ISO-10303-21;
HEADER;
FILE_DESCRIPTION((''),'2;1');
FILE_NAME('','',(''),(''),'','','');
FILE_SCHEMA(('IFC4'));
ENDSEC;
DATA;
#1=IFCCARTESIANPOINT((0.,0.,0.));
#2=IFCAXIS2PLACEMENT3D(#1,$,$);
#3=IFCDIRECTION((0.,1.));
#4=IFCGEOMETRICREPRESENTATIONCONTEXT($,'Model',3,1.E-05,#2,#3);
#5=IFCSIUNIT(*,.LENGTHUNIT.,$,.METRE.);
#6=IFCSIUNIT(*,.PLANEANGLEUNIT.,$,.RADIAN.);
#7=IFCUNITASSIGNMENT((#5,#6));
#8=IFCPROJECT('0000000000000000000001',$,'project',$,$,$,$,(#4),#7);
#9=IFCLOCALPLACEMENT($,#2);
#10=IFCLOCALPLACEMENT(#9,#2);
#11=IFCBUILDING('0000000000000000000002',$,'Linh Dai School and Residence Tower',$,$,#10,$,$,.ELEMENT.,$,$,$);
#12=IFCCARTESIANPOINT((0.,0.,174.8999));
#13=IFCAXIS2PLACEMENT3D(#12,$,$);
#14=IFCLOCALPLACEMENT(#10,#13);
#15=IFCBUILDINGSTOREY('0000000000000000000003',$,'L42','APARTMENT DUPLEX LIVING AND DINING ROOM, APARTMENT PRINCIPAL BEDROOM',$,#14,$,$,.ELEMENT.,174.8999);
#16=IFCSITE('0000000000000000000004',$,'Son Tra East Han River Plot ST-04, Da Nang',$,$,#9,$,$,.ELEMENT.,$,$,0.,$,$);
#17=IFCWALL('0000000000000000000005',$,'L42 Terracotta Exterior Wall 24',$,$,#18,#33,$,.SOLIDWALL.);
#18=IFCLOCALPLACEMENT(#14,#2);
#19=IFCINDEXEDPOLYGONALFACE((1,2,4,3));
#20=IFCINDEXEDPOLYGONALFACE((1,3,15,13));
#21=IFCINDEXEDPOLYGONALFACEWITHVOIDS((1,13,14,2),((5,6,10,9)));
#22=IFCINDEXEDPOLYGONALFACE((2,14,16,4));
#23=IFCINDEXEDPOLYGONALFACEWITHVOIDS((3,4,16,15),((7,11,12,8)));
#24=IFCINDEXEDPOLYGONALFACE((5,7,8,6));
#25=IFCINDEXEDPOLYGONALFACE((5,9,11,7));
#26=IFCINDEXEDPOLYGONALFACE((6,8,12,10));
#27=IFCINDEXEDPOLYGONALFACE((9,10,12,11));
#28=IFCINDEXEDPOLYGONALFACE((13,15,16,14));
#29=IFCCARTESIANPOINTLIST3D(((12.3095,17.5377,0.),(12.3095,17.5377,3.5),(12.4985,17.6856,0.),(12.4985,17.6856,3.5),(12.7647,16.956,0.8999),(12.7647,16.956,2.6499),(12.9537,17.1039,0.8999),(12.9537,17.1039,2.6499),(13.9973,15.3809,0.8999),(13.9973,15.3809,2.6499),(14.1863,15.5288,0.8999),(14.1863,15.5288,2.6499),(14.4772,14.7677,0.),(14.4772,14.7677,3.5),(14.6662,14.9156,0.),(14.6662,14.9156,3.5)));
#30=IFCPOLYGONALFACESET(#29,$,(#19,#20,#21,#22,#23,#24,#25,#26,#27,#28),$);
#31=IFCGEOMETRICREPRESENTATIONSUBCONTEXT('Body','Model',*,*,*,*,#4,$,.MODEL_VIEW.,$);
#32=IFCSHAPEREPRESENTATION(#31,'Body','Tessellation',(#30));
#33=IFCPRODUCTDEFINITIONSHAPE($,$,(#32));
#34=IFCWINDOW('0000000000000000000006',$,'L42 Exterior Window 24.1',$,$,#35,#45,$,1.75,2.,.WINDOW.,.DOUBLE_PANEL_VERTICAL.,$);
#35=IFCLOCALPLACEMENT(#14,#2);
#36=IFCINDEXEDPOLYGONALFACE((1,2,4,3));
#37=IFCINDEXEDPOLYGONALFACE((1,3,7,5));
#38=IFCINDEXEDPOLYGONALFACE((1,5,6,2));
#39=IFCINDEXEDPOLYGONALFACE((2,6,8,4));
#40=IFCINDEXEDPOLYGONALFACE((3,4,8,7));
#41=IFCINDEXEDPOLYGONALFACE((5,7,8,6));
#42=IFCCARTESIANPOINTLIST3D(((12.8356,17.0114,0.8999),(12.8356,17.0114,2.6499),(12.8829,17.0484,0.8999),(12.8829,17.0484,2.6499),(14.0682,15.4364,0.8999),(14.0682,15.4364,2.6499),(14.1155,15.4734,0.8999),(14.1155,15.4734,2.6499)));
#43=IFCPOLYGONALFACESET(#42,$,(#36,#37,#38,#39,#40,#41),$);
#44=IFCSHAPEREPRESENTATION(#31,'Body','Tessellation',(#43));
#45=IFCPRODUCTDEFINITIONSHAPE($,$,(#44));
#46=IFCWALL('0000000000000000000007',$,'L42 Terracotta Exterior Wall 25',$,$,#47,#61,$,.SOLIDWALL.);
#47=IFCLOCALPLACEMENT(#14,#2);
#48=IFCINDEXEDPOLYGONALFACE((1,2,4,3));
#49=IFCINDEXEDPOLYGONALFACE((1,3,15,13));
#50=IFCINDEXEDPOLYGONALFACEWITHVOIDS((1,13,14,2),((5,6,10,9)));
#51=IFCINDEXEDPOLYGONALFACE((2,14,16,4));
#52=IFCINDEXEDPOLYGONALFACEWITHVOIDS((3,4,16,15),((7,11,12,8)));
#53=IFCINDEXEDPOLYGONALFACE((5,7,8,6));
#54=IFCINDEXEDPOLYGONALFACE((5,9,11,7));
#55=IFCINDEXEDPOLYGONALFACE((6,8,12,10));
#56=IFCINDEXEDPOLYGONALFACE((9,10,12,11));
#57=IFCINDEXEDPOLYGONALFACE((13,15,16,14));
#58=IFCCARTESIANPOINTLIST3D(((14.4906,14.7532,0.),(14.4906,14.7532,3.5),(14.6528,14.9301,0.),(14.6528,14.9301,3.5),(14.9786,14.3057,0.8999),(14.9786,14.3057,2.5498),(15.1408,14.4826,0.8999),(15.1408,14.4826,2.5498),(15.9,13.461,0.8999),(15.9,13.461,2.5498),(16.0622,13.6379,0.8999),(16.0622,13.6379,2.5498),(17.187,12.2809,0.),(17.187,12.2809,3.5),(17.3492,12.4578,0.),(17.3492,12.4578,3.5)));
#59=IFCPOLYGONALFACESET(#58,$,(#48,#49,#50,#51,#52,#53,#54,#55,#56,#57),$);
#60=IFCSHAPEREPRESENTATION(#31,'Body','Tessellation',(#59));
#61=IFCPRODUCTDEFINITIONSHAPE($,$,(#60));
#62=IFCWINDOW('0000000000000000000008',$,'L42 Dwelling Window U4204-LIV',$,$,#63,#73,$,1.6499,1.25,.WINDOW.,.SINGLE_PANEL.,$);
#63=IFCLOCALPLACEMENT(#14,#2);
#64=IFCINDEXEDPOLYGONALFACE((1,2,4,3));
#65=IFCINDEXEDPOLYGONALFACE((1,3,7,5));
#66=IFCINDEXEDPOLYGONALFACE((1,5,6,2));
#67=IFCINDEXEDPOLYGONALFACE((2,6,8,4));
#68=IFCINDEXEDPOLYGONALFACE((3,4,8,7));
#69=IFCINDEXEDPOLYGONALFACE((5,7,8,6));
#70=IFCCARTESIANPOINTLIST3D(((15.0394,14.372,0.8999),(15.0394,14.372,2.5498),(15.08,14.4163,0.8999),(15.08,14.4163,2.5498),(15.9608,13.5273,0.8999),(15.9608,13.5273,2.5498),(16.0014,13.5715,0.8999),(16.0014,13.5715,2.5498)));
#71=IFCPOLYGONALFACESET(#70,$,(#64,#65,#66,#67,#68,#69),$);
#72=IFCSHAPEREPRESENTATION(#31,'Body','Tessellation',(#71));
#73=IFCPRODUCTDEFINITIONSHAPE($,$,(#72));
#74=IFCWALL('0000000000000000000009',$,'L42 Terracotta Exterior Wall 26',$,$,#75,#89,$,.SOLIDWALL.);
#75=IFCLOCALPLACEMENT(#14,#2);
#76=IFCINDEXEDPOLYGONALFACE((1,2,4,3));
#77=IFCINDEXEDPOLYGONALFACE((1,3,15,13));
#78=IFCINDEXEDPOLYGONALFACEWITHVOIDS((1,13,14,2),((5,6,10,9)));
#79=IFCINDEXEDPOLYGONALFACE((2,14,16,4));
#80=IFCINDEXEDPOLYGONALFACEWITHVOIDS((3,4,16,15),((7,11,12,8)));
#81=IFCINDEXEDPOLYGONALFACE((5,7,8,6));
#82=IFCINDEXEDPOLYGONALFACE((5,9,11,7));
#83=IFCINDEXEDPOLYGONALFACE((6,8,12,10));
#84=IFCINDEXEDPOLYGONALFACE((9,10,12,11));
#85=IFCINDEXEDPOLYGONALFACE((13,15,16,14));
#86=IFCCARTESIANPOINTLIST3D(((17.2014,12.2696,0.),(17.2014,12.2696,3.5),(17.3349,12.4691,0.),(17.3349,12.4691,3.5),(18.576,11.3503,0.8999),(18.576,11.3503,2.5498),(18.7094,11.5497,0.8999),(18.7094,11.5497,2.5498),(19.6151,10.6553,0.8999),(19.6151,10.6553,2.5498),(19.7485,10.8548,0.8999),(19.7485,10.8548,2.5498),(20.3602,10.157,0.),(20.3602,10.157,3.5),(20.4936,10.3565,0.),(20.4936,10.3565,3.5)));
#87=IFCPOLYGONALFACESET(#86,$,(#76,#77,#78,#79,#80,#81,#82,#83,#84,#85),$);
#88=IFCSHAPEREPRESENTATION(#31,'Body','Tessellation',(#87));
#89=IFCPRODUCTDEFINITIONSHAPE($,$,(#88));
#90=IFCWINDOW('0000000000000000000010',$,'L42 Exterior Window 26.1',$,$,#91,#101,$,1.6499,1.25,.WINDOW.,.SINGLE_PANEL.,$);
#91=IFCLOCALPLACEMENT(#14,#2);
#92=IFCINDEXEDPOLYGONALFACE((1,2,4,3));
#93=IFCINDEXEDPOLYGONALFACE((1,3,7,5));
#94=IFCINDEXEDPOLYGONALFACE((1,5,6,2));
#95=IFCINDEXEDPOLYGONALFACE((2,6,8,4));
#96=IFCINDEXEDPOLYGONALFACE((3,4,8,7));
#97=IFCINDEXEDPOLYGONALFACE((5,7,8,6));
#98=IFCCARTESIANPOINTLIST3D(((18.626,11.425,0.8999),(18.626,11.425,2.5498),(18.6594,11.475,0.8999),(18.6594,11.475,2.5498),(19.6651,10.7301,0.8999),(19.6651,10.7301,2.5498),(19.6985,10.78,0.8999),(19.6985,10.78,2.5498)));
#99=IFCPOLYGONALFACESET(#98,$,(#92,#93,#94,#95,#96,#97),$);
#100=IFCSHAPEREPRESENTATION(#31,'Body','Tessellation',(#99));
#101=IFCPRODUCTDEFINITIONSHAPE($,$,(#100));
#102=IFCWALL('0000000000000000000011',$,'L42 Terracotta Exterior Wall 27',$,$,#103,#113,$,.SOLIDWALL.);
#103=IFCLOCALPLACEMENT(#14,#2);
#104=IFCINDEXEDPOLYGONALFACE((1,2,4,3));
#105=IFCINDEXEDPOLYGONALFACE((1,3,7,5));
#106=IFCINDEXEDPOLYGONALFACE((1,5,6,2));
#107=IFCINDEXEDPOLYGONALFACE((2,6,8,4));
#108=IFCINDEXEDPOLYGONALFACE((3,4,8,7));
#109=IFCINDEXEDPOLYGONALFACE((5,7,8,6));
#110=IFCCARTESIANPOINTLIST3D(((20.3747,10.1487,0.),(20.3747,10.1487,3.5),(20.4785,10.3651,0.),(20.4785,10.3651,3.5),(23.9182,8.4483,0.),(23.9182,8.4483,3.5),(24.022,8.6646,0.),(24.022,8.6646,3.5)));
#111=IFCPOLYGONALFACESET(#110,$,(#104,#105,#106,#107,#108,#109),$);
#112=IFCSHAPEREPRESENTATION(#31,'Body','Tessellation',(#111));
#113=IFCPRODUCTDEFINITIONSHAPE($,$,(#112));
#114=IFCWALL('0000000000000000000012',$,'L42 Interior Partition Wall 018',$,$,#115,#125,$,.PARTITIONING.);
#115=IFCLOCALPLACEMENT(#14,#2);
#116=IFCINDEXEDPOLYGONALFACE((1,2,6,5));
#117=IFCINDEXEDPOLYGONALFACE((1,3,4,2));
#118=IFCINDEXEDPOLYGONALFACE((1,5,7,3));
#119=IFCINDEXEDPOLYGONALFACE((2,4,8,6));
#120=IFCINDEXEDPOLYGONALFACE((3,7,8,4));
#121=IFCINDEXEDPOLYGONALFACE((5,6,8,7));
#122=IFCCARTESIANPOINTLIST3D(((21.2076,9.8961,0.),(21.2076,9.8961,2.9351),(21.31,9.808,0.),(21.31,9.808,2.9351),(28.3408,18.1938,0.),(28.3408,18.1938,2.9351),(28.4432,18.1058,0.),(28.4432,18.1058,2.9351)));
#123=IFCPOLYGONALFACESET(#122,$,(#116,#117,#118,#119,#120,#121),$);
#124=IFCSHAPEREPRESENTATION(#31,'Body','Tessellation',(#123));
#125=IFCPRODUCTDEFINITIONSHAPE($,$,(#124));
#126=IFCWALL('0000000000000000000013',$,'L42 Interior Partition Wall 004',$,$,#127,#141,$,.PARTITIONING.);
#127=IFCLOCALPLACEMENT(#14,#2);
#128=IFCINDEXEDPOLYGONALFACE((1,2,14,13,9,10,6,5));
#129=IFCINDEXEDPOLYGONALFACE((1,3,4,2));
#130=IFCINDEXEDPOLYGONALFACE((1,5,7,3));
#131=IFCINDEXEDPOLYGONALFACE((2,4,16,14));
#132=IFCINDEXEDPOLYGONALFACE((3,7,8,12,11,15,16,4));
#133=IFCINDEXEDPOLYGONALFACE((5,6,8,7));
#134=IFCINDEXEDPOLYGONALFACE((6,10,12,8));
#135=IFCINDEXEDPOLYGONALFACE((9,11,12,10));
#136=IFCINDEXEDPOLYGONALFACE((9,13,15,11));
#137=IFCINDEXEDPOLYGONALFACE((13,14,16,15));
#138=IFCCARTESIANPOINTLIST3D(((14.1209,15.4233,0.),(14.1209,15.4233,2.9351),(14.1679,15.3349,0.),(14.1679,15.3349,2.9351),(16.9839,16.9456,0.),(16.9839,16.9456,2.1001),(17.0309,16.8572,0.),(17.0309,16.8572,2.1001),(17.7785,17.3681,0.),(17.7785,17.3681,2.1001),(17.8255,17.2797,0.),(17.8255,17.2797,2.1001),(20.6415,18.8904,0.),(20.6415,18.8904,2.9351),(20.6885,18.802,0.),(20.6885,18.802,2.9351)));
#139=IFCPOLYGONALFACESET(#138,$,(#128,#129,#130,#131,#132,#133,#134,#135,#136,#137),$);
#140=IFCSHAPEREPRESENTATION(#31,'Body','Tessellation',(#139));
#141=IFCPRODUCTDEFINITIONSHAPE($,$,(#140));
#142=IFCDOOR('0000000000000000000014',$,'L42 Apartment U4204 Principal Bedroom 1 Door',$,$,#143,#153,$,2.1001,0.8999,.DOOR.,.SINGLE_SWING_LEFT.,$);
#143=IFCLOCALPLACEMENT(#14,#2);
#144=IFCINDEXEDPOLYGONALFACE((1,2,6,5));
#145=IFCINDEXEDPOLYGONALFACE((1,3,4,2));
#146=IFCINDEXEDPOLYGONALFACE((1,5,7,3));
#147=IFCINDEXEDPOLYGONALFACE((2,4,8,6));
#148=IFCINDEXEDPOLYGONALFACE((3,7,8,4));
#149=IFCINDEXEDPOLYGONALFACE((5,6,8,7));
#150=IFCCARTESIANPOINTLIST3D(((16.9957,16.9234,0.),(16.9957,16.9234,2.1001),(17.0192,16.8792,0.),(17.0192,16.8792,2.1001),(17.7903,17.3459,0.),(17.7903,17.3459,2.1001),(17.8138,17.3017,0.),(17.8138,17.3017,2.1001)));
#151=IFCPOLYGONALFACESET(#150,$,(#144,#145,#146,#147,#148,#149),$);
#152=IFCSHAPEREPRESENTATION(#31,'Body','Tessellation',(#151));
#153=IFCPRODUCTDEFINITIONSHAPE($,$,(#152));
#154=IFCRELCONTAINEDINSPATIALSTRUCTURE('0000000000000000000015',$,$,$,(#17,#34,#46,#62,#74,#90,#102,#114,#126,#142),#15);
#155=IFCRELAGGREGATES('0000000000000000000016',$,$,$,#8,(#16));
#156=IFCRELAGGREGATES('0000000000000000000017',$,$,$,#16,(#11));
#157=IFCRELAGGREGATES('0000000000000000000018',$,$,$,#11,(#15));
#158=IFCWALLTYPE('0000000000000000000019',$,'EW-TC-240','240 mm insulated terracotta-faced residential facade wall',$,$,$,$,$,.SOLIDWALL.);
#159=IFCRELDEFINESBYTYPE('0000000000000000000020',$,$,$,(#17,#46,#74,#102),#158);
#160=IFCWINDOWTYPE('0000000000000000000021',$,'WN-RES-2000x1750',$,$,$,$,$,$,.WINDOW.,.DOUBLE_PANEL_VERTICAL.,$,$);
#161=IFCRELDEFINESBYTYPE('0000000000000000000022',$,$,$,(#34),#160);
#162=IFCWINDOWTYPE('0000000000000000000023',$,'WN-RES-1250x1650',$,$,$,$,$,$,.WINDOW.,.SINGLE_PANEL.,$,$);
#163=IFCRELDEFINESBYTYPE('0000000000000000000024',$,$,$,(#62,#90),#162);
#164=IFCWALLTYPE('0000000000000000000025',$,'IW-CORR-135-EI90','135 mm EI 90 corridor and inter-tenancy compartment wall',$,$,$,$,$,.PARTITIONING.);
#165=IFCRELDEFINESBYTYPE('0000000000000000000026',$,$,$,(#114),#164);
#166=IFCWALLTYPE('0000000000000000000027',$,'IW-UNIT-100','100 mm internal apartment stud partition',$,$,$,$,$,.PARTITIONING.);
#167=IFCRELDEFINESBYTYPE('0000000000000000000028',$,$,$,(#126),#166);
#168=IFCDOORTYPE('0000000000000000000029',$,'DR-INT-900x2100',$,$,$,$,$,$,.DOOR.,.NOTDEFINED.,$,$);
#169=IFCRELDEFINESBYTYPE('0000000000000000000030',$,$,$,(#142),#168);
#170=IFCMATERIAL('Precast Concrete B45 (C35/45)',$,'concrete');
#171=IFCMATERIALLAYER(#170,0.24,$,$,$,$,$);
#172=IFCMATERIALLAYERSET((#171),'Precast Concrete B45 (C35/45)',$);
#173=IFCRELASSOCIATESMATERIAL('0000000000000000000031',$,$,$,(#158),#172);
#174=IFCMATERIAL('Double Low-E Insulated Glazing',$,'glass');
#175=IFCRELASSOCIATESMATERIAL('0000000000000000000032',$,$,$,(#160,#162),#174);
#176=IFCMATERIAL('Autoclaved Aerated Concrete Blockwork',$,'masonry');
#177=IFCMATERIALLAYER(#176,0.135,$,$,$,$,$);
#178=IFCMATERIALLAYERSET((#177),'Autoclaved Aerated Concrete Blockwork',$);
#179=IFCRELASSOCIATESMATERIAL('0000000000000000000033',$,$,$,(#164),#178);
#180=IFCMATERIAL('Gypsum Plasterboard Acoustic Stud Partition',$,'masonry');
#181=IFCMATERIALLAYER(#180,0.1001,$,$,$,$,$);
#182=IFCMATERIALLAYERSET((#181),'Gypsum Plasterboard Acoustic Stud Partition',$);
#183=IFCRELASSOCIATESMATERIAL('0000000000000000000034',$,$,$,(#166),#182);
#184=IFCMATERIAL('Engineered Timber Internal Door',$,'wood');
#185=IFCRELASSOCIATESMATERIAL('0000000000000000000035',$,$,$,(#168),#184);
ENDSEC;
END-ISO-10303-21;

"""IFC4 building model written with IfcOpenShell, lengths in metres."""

from ifc_helpers import new_model, si_unit, direction, frame, frame_2d, origin, origin_2d, place, context, subcontext, project, spatial, rectangle, extrude, source, transform, mapped, material, layer, layer_set, type_object, element, fill, save


model = new_model("IFC4")

# Units and contexts
model_context = context("Model", 3, precision=1e-05, world=origin(), true_north=direction((0.0, 1.0)))
body_context = subcontext(model_context, "Body", "Model", "MODEL_VIEW")
ifc_project = project(units=[si_unit("LENGTHUNIT", "METRE"), si_unit("PLANEANGLEUNIT", "RADIAN")], contexts=[model_context])

# Site, building, storey
site_placement = place(None, origin())
site = spatial("IfcSite", under=ifc_project, at=site_placement, Name="Son Tra East Han River Plot ST-04, Da Nang", CompositionType="ELEMENT", RefElevation=0.0)
building_placement = place(site_placement, origin())
building = spatial("IfcBuilding", under=site, at=building_placement, Name="Linh Dai School and Residence Tower", CompositionType="ELEMENT")
storey_placement = place(building_placement, frame((0.0, 0.0, 174.8999)))
storey = spatial("IfcBuildingStorey", under=building, at=storey_placement, Name="L42", Description="APARTMENT DUPLEX LIVING AND DINING ROOM, APARTMENT PRINCIPAL BEDROOM", CompositionType="ELEMENT", Elevation=174.8999)

# Shared definitions
ifc_material_1 = material(Name="Precast Concrete B45 (C35/45)", Category="concrete")

# Walls, openings, windows
ifc_layer_1 = layer(ifc_material_1, 0.24)
ifc_layer_set_1 = layer_set([ifc_layer_1], Name="Precast Concrete B45 (C35/45)")
wall_type_1 = type_object("IfcWallType", Name="EW-TC-240", Description="240 mm insulated terracotta-faced residential facade wall", PredefinedType="SOLIDWALL", material=ifc_layer_set_1)
wall_1_placement = place(storey_placement, frame((14.5718, 14.8416, 0.0), z_axis=(0.0, 0.0, 1.0), x_axis=(-0.616288, 0.787521, 0.0)))
wall_1 = element("IfcWall", 1, at=wall_1_placement, inside=storey, type_object=wall_type_1, Name="L42 Terracotta Exterior Wall 24", PredefinedType="SOLIDWALL", context=body_context, shape_type="SweptSolid", body=[
    extrude(rectangle(XDim=3.5173, YDim=0.24, at=frame_2d((1.7588, 0.0))), origin(), (0.0, 0.0, 1.0), 3.5),
])
opening_1_placement = place(wall_1_placement, frame((0.7788, 0.0, 0.8999)))
opening_1 = element("IfcOpeningElement", 2, at=opening_1_placement, cuts=wall_1, PredefinedType="OPENING", context=body_context, shape_type="SweptSolid", body=[
    extrude(rectangle(XDim=2.0, YDim=1.75, at=origin_2d()), frame((1.0, 0.1299, 0.875), z_axis=(0.0, -1.0, 0.0), x_axis=(1.0, 0.0, 0.0)), (0.0, 0.0, 1.0), 0.26),
])
ifc_material_2 = material(Name="Double Low-E Insulated Glazing", Category="glass")
window_type_1 = type_object("IfcWindowType", Name="WN-RES-2000x1750", PartitioningType="DOUBLE_PANEL_VERTICAL", PredefinedType="WINDOW", material=ifc_material_2)
shared_shape_1 = source(origin(), body_context, "Body", "SweptSolid", [
    extrude(rectangle(XDim=2.0, YDim=1.75, at=origin_2d()), frame((1.0, 0.03, 0.875), z_axis=(0.0, -1.0, 0.0), x_axis=(1.0, 0.0, 0.0)), (0.0, 0.0, 1.0), 0.0601),
])
window_1_placement = place(opening_1_placement, origin())
window_1 = element("IfcWindow", 3, at=window_1_placement, inside=storey, type_object=window_type_1, Name="L42 Exterior Window 24.1", OverallHeight=1.75, OverallWidth=2.0, PartitioningType="DOUBLE_PANEL_VERTICAL", PredefinedType="WINDOW", context=body_context, shape_type="MappedRepresentation", body=[
    mapped(shared_shape_1, transform((0.0, 0.0, 0.0), x_axis=(1.0, 0.0, 0.0), y_axis=(0.0, 1.0, 0.0), z_axis=(0.0, 0.0, 1.0), scale=1.0)),
])
fill(opening_1, window_1)
wall_2_placement = place(storey_placement, frame((17.2681, 12.3694, 0.0), z_axis=(0.0, 0.0, 1.0), x_axis=(-0.737077, 0.675809, 0.0)))
wall_2 = element("IfcWall", 4, at=wall_2_placement, inside=storey, type_object=wall_type_1, Name="L42 Terracotta Exterior Wall 25", PredefinedType="SOLIDWALL", context=body_context, shape_type="SweptSolid", body=[
    extrude(rectangle(XDim=3.6582, YDim=0.24, at=frame_2d((1.8291, 0.0))), origin(), (0.0, 0.0, 1.0), 3.5),
])
opening_2_placement = place(wall_2_placement, frame((1.7461, 0.0, 0.8999)))
opening_2 = element("IfcOpeningElement", 5, at=opening_2_placement, cuts=wall_2, PredefinedType="OPENING", context=body_context, shape_type="SweptSolid", body=[
    extrude(rectangle(XDim=1.25, YDim=1.6499, at=origin_2d()), frame((0.625, 0.1299, 0.825), z_axis=(0.0, -1.0, 0.0), x_axis=(1.0, 0.0, 0.0)), (0.0, 0.0, 1.0), 0.26),
])
window_type_2 = type_object("IfcWindowType", Name="WN-RES-1250x1650", PartitioningType="SINGLE_PANEL", PredefinedType="WINDOW", material=ifc_material_2)
shared_shape_2 = source(origin(), body_context, "Body", "SweptSolid", [
    extrude(rectangle(XDim=1.25, YDim=1.6499, at=origin_2d()), frame((0.625, 0.03, 0.825), z_axis=(0.0, -1.0, 0.0), x_axis=(1.0, 0.0, 0.0)), (0.0, 0.0, 1.0), 0.0601),
])
window_2_placement = place(opening_2_placement, origin())
window_2 = element("IfcWindow", 6, at=window_2_placement, inside=storey, type_object=window_type_2, Name="L42 Dwelling Window U4204-LIV", OverallHeight=1.6499, OverallWidth=1.25, PartitioningType="SINGLE_PANEL", PredefinedType="WINDOW", context=body_context, shape_type="MappedRepresentation", body=[
    mapped(shared_shape_2, transform((0.0, 0.0, 0.0), x_axis=(1.0, 0.0, 0.0), y_axis=(0.0, 1.0, 0.0), z_axis=(0.0, 0.0, 1.0), scale=1.0)),
])
fill(opening_2, window_2)
wall_3_placement = place(storey_placement, frame((20.4268, 10.2568, 0.0), z_axis=(0.0, 0.0, 1.0), x_axis=(-0.831229, 0.55593, 0.0)))
wall_3 = element("IfcWall", 7, at=wall_3_placement, inside=storey, type_object=wall_type_1, Name="L42 Terracotta Exterior Wall 26", PredefinedType="SOLIDWALL", context=body_context, shape_type="SweptSolid", body=[
    extrude(rectangle(XDim=3.8, YDim=0.24, at=frame_2d((1.8999, 0.0))), origin(), (0.0, 0.0, 1.0), 3.5),
])
opening_3_placement = place(wall_3_placement, frame((0.8962, 0.0, 0.8999)))
opening_3 = element("IfcOpeningElement", 8, at=opening_3_placement, cuts=wall_3, PredefinedType="OPENING", context=body_context, shape_type="SweptSolid", body=[
    extrude(rectangle(XDim=1.25, YDim=1.6499, at=origin_2d()), frame((0.625, 0.1299, 0.825), z_axis=(0.0, -1.0, 0.0), x_axis=(1.0, 0.0, 0.0)), (0.0, 0.0, 1.0), 0.26),
])
window_3_placement = place(opening_3_placement, origin())
window_3 = element("IfcWindow", 9, at=window_3_placement, inside=storey, type_object=window_type_2, Name="L42 Exterior Window 26.1", OverallHeight=1.6499, OverallWidth=1.25, PartitioningType="SINGLE_PANEL", PredefinedType="WINDOW", context=body_context, shape_type="MappedRepresentation", body=[
    mapped(shared_shape_2, transform((0.0, 0.0, 0.0), x_axis=(1.0, 0.0, 0.0), y_axis=(0.0, 1.0, 0.0), z_axis=(0.0, 0.0, 1.0), scale=1.0)),
])
fill(opening_3, window_3)

# Walls
wall_4_placement = place(storey_placement, frame((23.9702, 8.5564, 0.0), z_axis=(0.0, 0.0, 1.0), x_axis=(-0.901565, 0.432644, 0.0)))
element("IfcWall", 10, at=wall_4_placement, inside=storey, type_object=wall_type_1, Name="L42 Terracotta Exterior Wall 27", PredefinedType="SOLIDWALL", context=body_context, shape_type="SweptSolid", body=[
    extrude(rectangle(XDim=3.9304, YDim=0.24, at=frame_2d((1.9653, 0.0))), origin(), (0.0, 0.0, 1.0), 3.5),
])
ifc_material_3 = material(Name="Autoclaved Aerated Concrete Blockwork", Category="masonry")
ifc_layer_2 = layer(ifc_material_3, 0.135)
ifc_layer_set_2 = layer_set([ifc_layer_2], Name="Autoclaved Aerated Concrete Blockwork")
wall_type_2 = type_object("IfcWallType", Name="IW-CORR-135-EI90", Description="135 mm EI 90 corridor and inter-tenancy compartment wall", PredefinedType="PARTITIONING", material=ifc_layer_set_2)
wall_5_placement = place(storey_placement, frame((21.2588, 9.8521, 0.0), z_axis=(0.0, 0.0, 1.0), x_axis=(0.651889, 0.758314, 0.0)))
element("IfcWall", 11, at=wall_5_placement, inside=storey, type_object=wall_type_2, Name="L42 Interior Partition Wall 018", PredefinedType="PARTITIONING", context=body_context, shape_type="SweptSolid", body=[
    extrude(rectangle(XDim=10.9424, YDim=0.135, at=frame_2d((5.4712, 0.0))), origin(), (0.0, 0.0, 1.0), 2.9351),
])

# Wall, opening, door
ifc_material_4 = material(Name="Gypsum Plasterboard Acoustic Stud Partition", Category="masonry")
ifc_layer_3 = layer(ifc_material_4, 0.1001)
ifc_layer_set_3 = layer_set([ifc_layer_3], Name="Gypsum Plasterboard Acoustic Stud Partition")
wall_type_3 = type_object("IfcWallType", Name="IW-UNIT-100", Description="100 mm internal apartment stud partition", PredefinedType="PARTITIONING", material=ifc_layer_set_3)
wall_6_placement = place(storey_placement, frame((14.1445, 15.3792, 0.0), z_axis=(0.0, 0.0, 1.0), x_axis=(0.882946, 0.469474, 0.0)))
wall_6 = element("IfcWall", 12, at=wall_6_placement, inside=storey, type_object=wall_type_3, Name="L42 Interior Partition Wall 004", PredefinedType="PARTITIONING", context=body_context, shape_type="SweptSolid", body=[
    extrude(rectangle(XDim=7.385, YDim=0.1001, at=frame_2d((3.6924, 0.0))), origin(), (0.0, 0.0, 1.0), 2.9351),
])
opening_4_placement = place(wall_6_placement, frame((3.2424, 0.0, 0.0)))
opening_4 = element("IfcOpeningElement", 13, at=opening_4_placement, cuts=wall_6, PredefinedType="OPENING", context=body_context, shape_type="SweptSolid", body=[
    extrude(rectangle(XDim=0.8999, YDim=2.1001, at=origin_2d()), frame((0.45, 0.0601, 1.05), z_axis=(0.0, -1.0, 0.0), x_axis=(1.0, 0.0, 0.0)), (0.0, 0.0, 1.0), 0.1201),
])
ifc_material_5 = material(Name="Engineered Timber Internal Door", Category="wood")
door_type_1 = type_object("IfcDoorType", Name="DR-INT-900x2100", OperationType="NOTDEFINED", PredefinedType="DOOR", material=ifc_material_5)
shared_shape_3 = source(origin(), body_context, "Body", "SweptSolid", [
    extrude(rectangle(XDim=0.8999, YDim=2.1001, at=origin_2d()), frame((0.45, 0.0249, 1.05), z_axis=(0.0, -1.0, 0.0), x_axis=(1.0, 0.0, 0.0)), (0.0, 0.0, 1.0), 0.05),
])
door_1_placement = place(opening_4_placement, origin())
door_1 = element("IfcDoor", 14, at=door_1_placement, inside=storey, type_object=door_type_1, Name="L42 Apartment U4204 Principal Bedroom 1 Door", OperationType="SINGLE_SWING_LEFT", OverallHeight=2.1001, OverallWidth=0.8999, PredefinedType="DOOR", context=body_context, shape_type="MappedRepresentation", body=[
    mapped(shared_shape_3, transform((0.0, 0.0, 0.0), x_axis=(1.0, 0.0, 0.0), y_axis=(0.0, 1.0, 0.0), z_axis=(0.0, 0.0, 1.0), scale=1.0)),
])
fill(opening_4, door_1)

save(model, "model.ifc")
